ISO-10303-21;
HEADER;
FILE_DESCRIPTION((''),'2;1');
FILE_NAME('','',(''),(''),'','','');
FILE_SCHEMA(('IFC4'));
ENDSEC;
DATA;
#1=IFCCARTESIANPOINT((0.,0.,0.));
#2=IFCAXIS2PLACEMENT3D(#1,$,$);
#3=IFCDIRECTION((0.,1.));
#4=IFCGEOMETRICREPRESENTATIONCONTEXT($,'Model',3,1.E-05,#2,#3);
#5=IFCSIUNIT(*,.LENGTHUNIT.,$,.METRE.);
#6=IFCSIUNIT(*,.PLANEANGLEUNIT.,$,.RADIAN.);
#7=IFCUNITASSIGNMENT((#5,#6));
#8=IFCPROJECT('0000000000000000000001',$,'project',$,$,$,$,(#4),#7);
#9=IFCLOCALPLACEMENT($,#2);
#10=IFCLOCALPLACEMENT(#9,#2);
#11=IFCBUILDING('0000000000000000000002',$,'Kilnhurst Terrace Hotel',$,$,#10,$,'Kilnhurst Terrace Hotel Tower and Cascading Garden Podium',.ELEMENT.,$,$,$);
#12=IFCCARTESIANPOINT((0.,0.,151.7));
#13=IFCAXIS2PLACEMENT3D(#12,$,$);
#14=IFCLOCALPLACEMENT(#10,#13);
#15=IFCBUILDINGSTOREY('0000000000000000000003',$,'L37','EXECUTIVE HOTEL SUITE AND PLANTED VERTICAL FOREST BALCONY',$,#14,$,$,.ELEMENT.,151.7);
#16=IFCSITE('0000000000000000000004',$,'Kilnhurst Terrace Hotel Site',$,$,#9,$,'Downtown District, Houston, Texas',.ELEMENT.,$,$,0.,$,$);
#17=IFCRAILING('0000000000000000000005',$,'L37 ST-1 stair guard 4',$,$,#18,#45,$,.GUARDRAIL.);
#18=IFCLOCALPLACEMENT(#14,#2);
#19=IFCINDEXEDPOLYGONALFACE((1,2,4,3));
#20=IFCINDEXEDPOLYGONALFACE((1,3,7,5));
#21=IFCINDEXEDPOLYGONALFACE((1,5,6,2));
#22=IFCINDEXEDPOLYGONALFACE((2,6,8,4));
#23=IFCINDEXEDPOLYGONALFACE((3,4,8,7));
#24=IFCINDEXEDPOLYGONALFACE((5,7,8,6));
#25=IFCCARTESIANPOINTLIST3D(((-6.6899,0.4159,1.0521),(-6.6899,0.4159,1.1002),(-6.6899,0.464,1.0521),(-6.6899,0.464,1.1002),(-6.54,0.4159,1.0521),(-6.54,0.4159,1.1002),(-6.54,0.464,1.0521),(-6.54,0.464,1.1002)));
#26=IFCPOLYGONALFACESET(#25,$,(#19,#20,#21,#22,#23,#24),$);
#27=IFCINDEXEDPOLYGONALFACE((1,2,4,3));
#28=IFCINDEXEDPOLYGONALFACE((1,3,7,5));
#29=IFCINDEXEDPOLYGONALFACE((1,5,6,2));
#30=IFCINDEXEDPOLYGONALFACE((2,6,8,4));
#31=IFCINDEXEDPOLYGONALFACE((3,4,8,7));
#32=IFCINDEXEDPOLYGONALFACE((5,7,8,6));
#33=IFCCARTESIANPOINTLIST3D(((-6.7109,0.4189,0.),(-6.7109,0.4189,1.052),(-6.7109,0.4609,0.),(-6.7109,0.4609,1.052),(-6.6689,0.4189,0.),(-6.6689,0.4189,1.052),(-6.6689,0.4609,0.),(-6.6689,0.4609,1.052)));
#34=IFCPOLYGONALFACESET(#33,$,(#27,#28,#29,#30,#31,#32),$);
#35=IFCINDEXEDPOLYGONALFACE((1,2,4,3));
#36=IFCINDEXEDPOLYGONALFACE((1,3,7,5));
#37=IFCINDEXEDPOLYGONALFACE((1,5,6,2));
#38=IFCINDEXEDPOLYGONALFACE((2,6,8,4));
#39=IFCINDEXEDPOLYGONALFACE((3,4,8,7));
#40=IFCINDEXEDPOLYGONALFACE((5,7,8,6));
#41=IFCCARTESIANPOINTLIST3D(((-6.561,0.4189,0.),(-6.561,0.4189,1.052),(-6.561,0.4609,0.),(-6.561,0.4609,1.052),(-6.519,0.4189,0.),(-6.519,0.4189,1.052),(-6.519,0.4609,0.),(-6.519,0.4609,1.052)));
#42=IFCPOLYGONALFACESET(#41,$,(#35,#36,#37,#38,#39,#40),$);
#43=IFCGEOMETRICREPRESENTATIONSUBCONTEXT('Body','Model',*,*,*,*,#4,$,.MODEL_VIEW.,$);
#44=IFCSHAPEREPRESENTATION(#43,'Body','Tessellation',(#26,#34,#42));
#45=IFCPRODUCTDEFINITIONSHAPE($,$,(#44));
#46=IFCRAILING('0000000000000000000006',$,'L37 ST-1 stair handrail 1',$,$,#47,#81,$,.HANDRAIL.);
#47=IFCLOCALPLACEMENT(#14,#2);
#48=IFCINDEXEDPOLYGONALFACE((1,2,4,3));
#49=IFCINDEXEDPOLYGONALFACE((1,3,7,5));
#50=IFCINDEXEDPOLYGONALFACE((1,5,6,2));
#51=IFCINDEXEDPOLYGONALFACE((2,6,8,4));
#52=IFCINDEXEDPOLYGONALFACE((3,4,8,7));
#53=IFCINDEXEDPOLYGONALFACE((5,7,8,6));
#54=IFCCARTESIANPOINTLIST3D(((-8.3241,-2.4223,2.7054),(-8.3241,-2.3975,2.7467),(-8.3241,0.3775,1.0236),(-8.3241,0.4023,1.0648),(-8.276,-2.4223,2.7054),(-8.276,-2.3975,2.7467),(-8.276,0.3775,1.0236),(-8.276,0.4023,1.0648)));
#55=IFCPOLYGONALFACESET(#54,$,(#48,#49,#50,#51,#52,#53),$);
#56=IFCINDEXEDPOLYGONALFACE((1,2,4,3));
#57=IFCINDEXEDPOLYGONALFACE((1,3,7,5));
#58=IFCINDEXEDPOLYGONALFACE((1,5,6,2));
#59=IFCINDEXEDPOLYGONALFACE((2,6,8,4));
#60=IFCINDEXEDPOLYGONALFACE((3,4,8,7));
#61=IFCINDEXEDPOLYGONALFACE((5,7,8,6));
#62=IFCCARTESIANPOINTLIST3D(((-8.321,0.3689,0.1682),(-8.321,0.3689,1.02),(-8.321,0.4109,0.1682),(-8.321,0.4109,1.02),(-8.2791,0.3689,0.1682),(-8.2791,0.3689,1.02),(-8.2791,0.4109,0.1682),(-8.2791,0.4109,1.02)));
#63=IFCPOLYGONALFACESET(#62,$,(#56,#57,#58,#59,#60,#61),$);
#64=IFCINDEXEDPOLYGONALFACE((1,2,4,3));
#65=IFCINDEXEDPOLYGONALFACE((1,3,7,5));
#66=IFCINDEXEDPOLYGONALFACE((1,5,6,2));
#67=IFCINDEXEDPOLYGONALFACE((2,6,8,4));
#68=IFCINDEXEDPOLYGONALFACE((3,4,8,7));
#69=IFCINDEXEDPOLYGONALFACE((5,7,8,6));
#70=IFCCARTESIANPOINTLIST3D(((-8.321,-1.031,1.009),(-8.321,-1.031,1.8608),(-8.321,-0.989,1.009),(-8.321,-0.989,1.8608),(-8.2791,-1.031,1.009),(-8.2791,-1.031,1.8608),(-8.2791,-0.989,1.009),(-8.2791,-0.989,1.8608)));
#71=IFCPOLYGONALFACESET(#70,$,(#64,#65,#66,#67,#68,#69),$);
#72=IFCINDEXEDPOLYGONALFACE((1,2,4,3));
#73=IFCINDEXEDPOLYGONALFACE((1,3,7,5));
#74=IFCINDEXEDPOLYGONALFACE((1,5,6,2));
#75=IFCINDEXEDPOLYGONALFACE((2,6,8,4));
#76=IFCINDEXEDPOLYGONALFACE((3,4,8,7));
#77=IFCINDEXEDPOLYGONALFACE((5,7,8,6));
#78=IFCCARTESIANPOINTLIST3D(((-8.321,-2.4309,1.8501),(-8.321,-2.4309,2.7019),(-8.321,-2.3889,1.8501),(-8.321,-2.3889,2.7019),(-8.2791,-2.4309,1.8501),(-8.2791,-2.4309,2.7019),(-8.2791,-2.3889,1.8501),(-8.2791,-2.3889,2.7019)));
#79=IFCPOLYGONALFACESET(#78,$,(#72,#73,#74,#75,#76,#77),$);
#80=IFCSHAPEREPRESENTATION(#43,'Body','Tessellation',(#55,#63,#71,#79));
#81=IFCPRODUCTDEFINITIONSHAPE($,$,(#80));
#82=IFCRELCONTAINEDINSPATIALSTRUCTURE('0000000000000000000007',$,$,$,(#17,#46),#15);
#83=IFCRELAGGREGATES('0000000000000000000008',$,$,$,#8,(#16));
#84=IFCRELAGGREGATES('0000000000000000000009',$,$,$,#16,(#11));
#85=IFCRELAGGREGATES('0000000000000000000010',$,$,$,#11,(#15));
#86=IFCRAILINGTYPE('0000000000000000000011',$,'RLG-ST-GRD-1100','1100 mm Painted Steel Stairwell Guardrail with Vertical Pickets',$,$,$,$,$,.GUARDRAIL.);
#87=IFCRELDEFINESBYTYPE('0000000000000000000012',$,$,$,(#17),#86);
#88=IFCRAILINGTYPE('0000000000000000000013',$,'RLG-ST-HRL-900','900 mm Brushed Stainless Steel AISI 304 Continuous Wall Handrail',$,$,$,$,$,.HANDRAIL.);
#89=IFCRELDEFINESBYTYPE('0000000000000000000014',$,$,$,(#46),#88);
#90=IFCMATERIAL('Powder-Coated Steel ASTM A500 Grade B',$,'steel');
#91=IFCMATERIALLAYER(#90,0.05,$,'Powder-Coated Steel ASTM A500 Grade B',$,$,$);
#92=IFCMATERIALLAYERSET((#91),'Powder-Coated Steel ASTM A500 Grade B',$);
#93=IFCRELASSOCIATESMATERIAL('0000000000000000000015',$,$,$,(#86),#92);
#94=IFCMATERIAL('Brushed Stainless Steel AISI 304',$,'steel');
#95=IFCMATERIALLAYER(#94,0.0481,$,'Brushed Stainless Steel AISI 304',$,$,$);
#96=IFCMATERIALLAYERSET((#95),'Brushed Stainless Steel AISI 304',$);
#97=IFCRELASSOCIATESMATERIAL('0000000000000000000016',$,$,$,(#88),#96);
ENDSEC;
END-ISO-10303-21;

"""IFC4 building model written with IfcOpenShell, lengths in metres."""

from ifc_helpers import new_model, si_unit, direction, frame, origin, origin_2d, place, context, subcontext, project, spatial, rectangle, extrude, material, layer, layer_set, type_object, element, save


model = new_model("IFC4")

# Units and contexts
model_context = context("Model", 3, precision=1e-05, world=origin(), true_north=direction((0.0, 1.0)))
body_context = subcontext(model_context, "Body", "Model", "MODEL_VIEW")
ifc_project = project(units=[si_unit("LENGTHUNIT", "METRE"), si_unit("PLANEANGLEUNIT", "RADIAN")], contexts=[model_context])

# Site, building, storey
site_placement = place(None, origin())
site = spatial("IfcSite", under=ifc_project, at=site_placement, Name="Kilnhurst Terrace Hotel Site", LongName="Downtown District, Houston, Texas", CompositionType="ELEMENT", RefElevation=0.0)
building_placement = place(site_placement, origin())
building = spatial("IfcBuilding", under=site, at=building_placement, Name="Kilnhurst Terrace Hotel", LongName="Kilnhurst Terrace Hotel Tower and Cascading Garden Podium", CompositionType="ELEMENT")
storey_placement = place(building_placement, frame((0.0, 0.0, 151.7)))
storey = spatial("IfcBuildingStorey", under=building, at=storey_placement, Name="L37", Description="EXECUTIVE HOTEL SUITE AND PLANTED VERTICAL FOREST BALCONY", CompositionType="ELEMENT", Elevation=151.7)

# Railings
ifc_material_1 = material(Name="Powder-Coated Steel ASTM A500 Grade B", Category="steel")
ifc_layer_1 = layer(ifc_material_1, 0.05, Name="Powder-Coated Steel ASTM A500 Grade B")
ifc_layer_set_1 = layer_set([ifc_layer_1], Name="Powder-Coated Steel ASTM A500 Grade B")
railing_type_1 = type_object("IfcRailingType", Name="RLG-ST-GRD-1100", Description="1100 mm Painted Steel Stairwell Guardrail with Vertical Pickets", PredefinedType="GUARDRAIL", material=ifc_layer_set_1)
railing_1_placement = place(storey_placement, frame((-6.6899, 0.4399, 0.0)))
element("IfcRailing", 1, at=railing_1_placement, inside=storey, type_object=railing_type_1, Name="L37 ST-1 stair guard 4", PredefinedType="GUARDRAIL", context=body_context, shape_type="SweptSolid", body=[
    extrude(rectangle(XDim=0.0481, YDim=0.0481, at=origin_2d()), frame((0.0, 0.0, 1.0762), z_axis=(1.0, 0.0, 0.0), x_axis=(0.0, 1.0, 0.0)), (0.0, 0.0, 1.0), 0.1499),
    extrude(rectangle(XDim=0.042, YDim=0.042, at=origin_2d()), origin(), (0.0, 0.0, 1.0), 1.052),
    extrude(rectangle(XDim=0.042, YDim=0.042, at=origin_2d()), frame((0.1499, 0.0, 0.0)), (0.0, 0.0, 1.0), 1.052),
])
ifc_material_2 = material(Name="Brushed Stainless Steel AISI 304", Category="steel")
ifc_layer_2 = layer(ifc_material_2, 0.0481, Name="Brushed Stainless Steel AISI 304")
ifc_layer_set_2 = layer_set([ifc_layer_2], Name="Brushed Stainless Steel AISI 304")
railing_type_2 = type_object("IfcRailingType", Name="RLG-ST-HRL-900", Description="900 mm Brushed Stainless Steel AISI 304 Continuous Wall Handrail", PredefinedType="HANDRAIL", material=ifc_layer_set_2)
railing_2_placement = place(storey_placement, frame((-8.3, 0.3899, 0.1682)))
element("IfcRailing", 2, at=railing_2_placement, inside=storey, type_object=railing_type_2, Name="L37 ST-1 stair handrail 1", PredefinedType="HANDRAIL", context=body_context, shape_type="SweptSolid", body=[
    extrude(rectangle(XDim=0.0481, YDim=0.0481, at=origin_2d()), frame((0.0, 0.0, 0.876), z_axis=(0.0, -0.857222, 0.514946), x_axis=(1.0, 0.0, 0.0)), (0.0, 0.0, 1.0), 3.2661),
    extrude(rectangle(XDim=0.042, YDim=0.042, at=origin_2d()), origin(), (0.0, 0.0, 1.0), 0.8518),
    extrude(rectangle(XDim=0.042, YDim=0.042, at=origin_2d()), frame((0.0, -1.3999, 0.8408)), (0.0, 0.0, 1.0), 0.8518),
    extrude(rectangle(XDim=0.042, YDim=0.042, at=origin_2d()), frame((0.0, -2.7998, 1.6819)), (0.0, 0.0, 1.0), 0.8518),
])

save(model, "model.ifc")
